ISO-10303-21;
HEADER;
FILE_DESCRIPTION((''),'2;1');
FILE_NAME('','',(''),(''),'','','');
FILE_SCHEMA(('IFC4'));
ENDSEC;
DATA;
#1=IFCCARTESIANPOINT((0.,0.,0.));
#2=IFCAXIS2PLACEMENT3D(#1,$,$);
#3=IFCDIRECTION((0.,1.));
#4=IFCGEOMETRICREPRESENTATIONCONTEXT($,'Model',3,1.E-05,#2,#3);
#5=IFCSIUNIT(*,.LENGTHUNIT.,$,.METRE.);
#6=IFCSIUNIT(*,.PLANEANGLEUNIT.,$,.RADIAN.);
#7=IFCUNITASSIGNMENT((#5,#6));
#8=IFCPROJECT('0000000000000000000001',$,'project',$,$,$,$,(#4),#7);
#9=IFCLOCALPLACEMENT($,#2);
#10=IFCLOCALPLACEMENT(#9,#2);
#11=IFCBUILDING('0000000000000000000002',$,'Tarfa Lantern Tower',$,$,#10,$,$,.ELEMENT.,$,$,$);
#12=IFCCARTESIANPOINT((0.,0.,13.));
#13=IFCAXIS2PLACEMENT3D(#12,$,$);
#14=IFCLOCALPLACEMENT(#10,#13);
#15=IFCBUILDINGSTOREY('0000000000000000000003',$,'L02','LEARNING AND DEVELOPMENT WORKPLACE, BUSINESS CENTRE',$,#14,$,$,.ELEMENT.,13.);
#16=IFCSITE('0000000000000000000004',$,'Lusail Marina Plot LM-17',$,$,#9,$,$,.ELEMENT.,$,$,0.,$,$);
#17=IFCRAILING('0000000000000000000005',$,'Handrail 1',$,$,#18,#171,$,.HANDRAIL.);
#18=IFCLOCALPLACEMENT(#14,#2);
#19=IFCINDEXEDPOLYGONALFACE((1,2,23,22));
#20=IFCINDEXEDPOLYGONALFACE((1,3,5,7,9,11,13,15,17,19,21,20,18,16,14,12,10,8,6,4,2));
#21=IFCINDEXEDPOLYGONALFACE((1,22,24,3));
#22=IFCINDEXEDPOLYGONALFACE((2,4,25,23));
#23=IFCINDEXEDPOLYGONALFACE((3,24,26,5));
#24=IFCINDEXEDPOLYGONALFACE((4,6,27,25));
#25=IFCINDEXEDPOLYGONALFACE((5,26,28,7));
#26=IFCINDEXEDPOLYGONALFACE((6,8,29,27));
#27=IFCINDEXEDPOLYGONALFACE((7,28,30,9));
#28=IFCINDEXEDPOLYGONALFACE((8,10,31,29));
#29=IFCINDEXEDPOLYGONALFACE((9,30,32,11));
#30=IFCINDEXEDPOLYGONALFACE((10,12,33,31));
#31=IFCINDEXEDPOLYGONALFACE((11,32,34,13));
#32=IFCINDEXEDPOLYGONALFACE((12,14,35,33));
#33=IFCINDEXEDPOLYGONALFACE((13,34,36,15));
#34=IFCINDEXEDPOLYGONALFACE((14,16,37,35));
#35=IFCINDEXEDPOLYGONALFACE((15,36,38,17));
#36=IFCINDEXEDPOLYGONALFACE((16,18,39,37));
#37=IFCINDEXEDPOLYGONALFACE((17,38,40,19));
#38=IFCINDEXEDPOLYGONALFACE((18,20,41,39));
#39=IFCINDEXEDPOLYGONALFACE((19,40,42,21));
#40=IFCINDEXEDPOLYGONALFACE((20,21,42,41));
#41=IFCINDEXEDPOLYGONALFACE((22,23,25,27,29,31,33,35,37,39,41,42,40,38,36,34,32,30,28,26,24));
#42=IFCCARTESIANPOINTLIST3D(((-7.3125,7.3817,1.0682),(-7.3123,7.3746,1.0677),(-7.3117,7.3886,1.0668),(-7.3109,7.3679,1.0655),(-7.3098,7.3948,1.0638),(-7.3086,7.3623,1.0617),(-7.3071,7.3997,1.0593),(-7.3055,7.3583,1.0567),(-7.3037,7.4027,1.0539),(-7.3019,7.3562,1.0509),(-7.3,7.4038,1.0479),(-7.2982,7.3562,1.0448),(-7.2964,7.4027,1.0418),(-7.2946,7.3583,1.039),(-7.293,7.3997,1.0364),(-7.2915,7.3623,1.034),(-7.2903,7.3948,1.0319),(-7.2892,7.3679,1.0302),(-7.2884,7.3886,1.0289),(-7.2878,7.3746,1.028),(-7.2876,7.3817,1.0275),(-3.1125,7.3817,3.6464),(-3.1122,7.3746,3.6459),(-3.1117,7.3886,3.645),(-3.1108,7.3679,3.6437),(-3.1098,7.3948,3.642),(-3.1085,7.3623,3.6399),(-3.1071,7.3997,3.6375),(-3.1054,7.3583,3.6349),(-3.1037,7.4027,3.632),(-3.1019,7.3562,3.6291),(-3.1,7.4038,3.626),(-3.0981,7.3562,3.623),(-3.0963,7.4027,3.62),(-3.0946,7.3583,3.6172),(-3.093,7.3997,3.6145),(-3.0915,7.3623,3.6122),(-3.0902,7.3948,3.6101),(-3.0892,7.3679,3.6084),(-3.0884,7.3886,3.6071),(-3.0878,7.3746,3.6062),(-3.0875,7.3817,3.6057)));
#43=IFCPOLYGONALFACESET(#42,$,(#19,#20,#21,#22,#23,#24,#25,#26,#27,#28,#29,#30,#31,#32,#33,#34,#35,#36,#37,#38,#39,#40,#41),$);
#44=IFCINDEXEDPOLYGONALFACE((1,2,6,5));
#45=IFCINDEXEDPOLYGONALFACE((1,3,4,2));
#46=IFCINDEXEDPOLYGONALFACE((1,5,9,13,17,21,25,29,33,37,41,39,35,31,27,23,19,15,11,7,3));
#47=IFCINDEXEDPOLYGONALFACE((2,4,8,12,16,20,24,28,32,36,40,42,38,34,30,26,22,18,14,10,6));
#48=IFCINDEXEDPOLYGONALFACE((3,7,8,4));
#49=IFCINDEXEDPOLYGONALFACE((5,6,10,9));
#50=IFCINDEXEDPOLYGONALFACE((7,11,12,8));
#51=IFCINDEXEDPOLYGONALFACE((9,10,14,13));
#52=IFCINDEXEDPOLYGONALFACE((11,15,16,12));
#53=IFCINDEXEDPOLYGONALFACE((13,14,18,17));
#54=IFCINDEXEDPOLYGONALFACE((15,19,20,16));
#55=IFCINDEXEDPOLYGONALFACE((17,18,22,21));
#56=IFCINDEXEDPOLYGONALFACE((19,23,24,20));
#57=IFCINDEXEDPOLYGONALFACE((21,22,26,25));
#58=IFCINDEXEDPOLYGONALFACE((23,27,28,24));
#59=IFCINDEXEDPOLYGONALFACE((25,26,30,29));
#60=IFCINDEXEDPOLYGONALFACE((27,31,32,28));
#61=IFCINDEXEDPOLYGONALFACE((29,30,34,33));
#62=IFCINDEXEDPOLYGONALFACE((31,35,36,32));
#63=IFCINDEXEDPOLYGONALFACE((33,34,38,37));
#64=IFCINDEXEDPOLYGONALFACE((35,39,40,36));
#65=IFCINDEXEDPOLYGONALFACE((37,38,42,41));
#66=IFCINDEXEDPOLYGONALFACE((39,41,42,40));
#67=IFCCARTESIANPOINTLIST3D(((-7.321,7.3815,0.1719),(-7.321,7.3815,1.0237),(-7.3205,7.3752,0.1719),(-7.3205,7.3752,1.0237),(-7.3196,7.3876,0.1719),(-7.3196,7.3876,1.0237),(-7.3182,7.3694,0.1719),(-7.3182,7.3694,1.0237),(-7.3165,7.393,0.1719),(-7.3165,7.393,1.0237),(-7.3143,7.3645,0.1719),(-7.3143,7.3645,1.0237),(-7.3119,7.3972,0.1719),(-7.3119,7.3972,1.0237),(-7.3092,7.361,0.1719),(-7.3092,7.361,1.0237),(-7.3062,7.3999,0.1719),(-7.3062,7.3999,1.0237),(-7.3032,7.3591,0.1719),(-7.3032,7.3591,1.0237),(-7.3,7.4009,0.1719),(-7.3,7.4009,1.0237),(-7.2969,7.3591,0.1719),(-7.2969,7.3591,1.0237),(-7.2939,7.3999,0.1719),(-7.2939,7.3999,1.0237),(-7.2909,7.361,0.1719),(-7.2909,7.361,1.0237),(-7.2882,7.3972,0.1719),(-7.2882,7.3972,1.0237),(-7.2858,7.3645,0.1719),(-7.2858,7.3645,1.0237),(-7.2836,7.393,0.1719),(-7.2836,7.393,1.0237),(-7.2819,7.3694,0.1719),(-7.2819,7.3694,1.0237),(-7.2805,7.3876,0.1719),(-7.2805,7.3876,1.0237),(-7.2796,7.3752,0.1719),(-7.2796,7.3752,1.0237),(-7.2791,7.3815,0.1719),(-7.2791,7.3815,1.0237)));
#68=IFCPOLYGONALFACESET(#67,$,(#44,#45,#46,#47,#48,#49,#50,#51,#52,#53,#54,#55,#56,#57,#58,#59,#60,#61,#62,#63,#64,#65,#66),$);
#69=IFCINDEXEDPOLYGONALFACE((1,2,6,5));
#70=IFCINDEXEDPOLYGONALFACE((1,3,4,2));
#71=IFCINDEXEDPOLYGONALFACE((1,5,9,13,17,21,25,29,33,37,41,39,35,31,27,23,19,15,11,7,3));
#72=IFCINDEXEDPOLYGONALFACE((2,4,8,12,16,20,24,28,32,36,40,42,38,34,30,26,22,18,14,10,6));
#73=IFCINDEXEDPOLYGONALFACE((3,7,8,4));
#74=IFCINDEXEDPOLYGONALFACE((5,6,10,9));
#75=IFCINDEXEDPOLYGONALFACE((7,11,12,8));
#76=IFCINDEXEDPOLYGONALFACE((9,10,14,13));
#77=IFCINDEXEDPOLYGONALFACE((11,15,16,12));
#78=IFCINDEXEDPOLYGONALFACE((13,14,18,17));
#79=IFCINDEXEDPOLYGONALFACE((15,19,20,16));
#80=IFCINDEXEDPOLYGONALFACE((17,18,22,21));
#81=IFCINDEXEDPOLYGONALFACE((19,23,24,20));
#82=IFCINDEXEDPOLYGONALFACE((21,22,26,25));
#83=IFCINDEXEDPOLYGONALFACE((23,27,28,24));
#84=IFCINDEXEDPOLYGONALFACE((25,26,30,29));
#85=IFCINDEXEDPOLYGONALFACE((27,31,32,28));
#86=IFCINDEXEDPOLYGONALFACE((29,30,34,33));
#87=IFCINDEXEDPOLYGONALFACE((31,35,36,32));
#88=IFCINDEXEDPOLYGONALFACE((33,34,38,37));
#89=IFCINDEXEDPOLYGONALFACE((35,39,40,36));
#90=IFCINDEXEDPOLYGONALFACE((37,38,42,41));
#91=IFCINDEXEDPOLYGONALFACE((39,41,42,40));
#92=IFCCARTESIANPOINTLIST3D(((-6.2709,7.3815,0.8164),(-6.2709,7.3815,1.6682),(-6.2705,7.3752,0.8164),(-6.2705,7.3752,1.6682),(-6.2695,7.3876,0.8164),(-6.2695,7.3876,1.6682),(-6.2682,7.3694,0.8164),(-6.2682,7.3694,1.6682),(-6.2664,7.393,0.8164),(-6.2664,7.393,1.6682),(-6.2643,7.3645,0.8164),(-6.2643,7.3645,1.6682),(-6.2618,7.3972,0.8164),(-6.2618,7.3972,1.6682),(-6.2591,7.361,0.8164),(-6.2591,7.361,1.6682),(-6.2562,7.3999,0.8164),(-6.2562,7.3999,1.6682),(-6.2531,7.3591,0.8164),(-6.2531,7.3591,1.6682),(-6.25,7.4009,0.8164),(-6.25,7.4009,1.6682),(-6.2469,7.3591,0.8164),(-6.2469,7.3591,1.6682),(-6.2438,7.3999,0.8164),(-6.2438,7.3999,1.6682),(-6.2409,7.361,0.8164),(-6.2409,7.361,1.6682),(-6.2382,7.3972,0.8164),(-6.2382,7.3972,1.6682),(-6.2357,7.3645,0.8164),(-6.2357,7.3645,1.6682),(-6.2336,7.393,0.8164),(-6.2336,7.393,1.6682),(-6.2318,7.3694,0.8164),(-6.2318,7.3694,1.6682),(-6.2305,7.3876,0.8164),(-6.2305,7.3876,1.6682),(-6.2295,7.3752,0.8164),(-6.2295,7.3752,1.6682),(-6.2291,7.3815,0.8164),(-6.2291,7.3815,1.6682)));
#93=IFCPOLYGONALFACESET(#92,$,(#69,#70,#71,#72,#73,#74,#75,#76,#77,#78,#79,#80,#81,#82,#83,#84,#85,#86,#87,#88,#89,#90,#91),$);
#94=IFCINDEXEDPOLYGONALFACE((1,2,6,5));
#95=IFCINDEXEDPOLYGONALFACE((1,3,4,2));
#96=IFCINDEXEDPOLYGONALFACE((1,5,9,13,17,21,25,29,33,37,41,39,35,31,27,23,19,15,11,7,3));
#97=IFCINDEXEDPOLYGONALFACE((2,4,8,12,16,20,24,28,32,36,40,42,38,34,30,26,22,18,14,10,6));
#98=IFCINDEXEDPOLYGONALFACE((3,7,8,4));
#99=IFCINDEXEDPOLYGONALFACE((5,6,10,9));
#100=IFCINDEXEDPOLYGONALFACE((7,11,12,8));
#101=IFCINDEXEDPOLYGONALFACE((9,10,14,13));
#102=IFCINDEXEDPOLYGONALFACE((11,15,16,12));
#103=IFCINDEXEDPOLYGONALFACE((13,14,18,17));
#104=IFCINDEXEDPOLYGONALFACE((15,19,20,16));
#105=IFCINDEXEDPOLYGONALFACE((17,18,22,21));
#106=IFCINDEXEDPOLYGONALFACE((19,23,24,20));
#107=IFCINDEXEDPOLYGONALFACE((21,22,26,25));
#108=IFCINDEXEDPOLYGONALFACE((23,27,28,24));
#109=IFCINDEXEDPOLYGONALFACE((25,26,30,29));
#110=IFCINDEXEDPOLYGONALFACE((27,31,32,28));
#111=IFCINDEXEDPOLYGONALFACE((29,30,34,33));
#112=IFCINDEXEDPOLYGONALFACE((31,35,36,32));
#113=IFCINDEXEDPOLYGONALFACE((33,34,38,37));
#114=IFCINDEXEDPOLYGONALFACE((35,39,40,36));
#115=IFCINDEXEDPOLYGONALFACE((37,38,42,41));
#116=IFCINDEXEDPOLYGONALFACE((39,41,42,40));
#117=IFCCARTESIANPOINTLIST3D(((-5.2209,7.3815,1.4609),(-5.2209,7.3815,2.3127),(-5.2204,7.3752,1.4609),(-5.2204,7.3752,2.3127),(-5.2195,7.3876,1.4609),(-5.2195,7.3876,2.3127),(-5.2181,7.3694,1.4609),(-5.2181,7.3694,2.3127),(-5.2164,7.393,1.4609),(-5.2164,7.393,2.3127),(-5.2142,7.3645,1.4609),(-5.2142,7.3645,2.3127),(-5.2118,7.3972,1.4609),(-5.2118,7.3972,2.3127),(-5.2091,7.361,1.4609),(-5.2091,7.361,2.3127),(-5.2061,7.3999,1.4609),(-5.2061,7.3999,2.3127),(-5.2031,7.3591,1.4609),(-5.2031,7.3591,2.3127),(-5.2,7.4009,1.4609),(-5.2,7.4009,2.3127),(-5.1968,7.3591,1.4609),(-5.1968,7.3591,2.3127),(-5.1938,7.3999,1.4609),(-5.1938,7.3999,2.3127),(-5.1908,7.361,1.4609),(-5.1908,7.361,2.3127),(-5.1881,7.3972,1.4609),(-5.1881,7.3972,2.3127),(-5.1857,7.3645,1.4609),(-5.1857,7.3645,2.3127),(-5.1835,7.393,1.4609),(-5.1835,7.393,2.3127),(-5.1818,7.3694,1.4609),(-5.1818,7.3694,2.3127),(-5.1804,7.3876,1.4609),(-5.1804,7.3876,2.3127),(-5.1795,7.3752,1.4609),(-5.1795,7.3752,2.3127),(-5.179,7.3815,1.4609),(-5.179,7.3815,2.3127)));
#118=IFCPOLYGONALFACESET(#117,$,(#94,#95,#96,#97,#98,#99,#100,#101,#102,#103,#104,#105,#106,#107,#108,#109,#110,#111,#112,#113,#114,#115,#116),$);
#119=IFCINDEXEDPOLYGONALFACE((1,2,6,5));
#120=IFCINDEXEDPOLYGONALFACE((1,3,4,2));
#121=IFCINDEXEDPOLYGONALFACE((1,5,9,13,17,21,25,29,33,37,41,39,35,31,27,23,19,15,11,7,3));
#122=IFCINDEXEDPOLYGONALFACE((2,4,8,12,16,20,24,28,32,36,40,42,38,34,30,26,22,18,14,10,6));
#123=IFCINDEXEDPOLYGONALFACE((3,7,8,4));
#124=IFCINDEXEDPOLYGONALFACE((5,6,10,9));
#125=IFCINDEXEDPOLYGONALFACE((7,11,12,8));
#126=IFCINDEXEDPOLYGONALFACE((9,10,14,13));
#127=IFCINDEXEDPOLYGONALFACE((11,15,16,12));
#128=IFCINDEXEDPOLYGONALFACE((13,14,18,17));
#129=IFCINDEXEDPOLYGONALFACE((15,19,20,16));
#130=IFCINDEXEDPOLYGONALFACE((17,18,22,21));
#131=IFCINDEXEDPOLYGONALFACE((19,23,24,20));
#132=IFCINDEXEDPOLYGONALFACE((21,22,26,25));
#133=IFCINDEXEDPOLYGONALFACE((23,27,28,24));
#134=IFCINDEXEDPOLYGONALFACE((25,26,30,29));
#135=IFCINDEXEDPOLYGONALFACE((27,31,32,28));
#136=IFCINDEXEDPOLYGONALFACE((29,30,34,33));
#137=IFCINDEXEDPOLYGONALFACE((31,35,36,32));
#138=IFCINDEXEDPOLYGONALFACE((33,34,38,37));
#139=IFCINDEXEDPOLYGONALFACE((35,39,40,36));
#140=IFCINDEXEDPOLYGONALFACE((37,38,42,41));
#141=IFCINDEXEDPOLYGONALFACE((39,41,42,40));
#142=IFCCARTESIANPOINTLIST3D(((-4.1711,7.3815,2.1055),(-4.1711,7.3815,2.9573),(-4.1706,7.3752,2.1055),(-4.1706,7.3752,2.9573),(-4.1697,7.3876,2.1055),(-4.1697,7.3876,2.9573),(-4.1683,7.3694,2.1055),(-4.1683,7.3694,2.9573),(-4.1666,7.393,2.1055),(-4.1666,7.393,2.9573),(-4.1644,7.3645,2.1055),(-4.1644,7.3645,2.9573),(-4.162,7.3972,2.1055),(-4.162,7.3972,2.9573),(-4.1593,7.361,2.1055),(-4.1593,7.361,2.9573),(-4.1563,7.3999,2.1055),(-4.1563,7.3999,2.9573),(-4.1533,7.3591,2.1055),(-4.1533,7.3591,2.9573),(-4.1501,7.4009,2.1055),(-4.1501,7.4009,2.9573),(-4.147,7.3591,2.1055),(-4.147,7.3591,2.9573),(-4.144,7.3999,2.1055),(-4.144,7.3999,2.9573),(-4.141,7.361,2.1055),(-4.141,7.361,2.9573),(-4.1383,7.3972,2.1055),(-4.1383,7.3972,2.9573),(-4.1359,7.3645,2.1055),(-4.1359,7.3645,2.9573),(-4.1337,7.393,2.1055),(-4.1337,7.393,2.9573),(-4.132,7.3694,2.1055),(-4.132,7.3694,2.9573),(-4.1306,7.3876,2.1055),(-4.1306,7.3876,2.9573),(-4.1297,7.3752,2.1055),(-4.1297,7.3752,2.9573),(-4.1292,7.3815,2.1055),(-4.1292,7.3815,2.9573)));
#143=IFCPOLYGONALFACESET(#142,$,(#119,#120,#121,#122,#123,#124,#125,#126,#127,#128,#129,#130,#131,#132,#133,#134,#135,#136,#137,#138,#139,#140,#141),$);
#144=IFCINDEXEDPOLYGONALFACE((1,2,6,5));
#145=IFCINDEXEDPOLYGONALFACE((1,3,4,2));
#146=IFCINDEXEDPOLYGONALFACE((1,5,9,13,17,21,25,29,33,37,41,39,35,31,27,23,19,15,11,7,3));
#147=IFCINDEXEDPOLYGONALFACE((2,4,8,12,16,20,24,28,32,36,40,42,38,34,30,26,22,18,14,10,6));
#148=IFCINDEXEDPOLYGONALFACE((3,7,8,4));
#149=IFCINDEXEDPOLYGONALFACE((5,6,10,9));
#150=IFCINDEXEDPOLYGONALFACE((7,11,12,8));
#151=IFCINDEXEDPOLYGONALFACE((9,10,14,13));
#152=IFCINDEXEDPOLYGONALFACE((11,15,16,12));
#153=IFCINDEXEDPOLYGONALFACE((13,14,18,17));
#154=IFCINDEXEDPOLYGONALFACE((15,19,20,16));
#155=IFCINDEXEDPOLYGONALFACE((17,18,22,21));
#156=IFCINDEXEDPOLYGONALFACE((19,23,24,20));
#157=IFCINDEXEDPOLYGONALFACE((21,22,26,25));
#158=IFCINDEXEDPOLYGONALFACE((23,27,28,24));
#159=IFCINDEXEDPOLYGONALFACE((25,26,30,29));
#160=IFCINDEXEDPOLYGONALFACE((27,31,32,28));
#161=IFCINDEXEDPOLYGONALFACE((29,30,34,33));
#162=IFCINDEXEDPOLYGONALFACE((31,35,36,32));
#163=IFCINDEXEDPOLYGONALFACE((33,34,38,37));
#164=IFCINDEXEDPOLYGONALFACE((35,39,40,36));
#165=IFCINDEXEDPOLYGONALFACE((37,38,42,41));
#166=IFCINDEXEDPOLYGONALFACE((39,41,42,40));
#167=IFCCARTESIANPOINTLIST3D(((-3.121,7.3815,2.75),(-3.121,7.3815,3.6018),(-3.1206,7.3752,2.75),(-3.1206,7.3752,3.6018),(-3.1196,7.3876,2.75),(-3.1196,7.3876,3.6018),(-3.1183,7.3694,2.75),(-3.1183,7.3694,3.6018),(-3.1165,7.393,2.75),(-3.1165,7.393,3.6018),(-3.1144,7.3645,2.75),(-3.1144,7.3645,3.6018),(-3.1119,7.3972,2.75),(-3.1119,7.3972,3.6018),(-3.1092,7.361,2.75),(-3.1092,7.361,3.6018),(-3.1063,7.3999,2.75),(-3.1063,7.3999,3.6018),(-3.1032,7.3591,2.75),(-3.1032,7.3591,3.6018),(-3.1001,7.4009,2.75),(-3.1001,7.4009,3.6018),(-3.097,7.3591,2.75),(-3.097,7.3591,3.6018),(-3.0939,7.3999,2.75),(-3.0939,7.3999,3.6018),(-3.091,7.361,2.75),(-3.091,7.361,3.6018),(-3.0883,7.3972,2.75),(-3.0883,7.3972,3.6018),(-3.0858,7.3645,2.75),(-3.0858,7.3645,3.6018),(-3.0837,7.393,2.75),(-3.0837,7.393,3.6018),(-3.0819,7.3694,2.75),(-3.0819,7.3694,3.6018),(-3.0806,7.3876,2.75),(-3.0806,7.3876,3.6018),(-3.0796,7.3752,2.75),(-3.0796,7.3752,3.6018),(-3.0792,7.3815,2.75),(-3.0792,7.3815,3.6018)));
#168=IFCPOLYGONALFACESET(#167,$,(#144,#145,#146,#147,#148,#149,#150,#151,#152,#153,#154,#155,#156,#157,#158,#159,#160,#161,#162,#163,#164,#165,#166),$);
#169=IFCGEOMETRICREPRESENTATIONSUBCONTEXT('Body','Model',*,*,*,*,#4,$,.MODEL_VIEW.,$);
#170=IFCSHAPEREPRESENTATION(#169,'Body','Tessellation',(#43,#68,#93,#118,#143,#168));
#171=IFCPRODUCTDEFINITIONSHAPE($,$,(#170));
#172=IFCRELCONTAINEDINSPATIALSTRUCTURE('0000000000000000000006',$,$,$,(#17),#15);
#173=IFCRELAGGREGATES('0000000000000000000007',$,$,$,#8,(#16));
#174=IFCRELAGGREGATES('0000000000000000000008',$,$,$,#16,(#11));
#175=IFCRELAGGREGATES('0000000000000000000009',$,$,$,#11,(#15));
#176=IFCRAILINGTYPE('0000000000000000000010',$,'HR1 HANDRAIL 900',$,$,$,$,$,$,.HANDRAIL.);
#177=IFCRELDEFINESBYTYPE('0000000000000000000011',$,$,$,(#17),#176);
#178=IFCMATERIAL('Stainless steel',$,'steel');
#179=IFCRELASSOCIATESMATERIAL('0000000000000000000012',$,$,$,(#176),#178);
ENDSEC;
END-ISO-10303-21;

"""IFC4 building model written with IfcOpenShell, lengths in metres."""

from ifc_helpers import new_model, si_unit, direction, frame, origin, origin_2d, place, context, subcontext, project, spatial, circle, extrude, material, type_object, element, save


model = new_model("IFC4")

# Units and contexts
model_context = context("Model", 3, precision=1e-05, world=origin(), true_north=direction((0.0, 1.0)))
body_context = subcontext(model_context, "Body", "Model", "MODEL_VIEW")
ifc_project = project(units=[si_unit("LENGTHUNIT", "METRE"), si_unit("PLANEANGLEUNIT", "RADIAN")], contexts=[model_context])

# Site, building, storey
site_placement = place(None, origin())
site = spatial("IfcSite", under=ifc_project, at=site_placement, Name="Lusail Marina Plot LM-17", CompositionType="ELEMENT", RefElevation=0.0)
building_placement = place(site_placement, origin())
building = spatial("IfcBuilding", under=site, at=building_placement, Name="Tarfa Lantern Tower", CompositionType="ELEMENT")
storey_placement = place(building_placement, frame((0.0, 0.0, 13.0)))
storey = spatial("IfcBuildingStorey", under=building, at=storey_placement, Name="L02", Description="LEARNING AND DEVELOPMENT WORKPLACE, BUSINESS CENTRE", CompositionType="ELEMENT", Elevation=13.0)

# Railing
ifc_material_1 = material(Name="Stainless steel", Category="steel")
railing_type = type_object("IfcRailingType", Name="HR1 HANDRAIL 900", PredefinedType="HANDRAIL", material=ifc_material_1)
railing_1_placement = place(storey_placement, frame((-7.3, 7.3799, 0.1719)))
element("IfcRailing", 1, at=railing_1_placement, inside=storey, type_object=railing_type, Name="Handrail 1", PredefinedType="HANDRAIL", context=body_context, shape_type="SweptSolid", body=[
    extrude(circle(Radius=0.0239, at=origin_2d()), frame((0.0, 0.0, 0.876), z_axis=(0.852243, 0.0, 0.523146), x_axis=(0.0, 1.0, 0.0)), (0.0, 0.0, 1.0), 4.9282),
    extrude(circle(Radius=0.021, at=origin_2d()), frame((0.0, 0.0, 0.0), z_axis=(0.0, 0.0, 1.0), x_axis=(0.0, 1.0, 0.0)), (0.0, 0.0, 1.0), 0.8518),
    extrude(circle(Radius=0.021, at=origin_2d()), frame((1.05, 0.0, 0.6445), z_axis=(0.0, 0.0, 1.0), x_axis=(0.0, 1.0, 0.0)), (0.0, 0.0, 1.0), 0.8518),
    extrude(circle(Radius=0.021, at=origin_2d()), frame((2.1001, 0.0, 1.2891), z_axis=(0.0, 0.0, 1.0), x_axis=(0.0, 1.0, 0.0)), (0.0, 0.0, 1.0), 0.8518),
    extrude(circle(Radius=0.021, at=origin_2d()), frame((3.1499, 0.0, 1.9336), z_axis=(0.0, 0.0, 1.0), x_axis=(0.0, 1.0, 0.0)), (0.0, 0.0, 1.0), 0.8518),
    extrude(circle(Radius=0.021, at=origin_2d()), frame((4.2, 0.0, 2.5781), z_axis=(0.0, 0.0, 1.0), x_axis=(0.0, 1.0, 0.0)), (0.0, 0.0, 1.0), 0.8518),
])

save(model, "model.ifc")
